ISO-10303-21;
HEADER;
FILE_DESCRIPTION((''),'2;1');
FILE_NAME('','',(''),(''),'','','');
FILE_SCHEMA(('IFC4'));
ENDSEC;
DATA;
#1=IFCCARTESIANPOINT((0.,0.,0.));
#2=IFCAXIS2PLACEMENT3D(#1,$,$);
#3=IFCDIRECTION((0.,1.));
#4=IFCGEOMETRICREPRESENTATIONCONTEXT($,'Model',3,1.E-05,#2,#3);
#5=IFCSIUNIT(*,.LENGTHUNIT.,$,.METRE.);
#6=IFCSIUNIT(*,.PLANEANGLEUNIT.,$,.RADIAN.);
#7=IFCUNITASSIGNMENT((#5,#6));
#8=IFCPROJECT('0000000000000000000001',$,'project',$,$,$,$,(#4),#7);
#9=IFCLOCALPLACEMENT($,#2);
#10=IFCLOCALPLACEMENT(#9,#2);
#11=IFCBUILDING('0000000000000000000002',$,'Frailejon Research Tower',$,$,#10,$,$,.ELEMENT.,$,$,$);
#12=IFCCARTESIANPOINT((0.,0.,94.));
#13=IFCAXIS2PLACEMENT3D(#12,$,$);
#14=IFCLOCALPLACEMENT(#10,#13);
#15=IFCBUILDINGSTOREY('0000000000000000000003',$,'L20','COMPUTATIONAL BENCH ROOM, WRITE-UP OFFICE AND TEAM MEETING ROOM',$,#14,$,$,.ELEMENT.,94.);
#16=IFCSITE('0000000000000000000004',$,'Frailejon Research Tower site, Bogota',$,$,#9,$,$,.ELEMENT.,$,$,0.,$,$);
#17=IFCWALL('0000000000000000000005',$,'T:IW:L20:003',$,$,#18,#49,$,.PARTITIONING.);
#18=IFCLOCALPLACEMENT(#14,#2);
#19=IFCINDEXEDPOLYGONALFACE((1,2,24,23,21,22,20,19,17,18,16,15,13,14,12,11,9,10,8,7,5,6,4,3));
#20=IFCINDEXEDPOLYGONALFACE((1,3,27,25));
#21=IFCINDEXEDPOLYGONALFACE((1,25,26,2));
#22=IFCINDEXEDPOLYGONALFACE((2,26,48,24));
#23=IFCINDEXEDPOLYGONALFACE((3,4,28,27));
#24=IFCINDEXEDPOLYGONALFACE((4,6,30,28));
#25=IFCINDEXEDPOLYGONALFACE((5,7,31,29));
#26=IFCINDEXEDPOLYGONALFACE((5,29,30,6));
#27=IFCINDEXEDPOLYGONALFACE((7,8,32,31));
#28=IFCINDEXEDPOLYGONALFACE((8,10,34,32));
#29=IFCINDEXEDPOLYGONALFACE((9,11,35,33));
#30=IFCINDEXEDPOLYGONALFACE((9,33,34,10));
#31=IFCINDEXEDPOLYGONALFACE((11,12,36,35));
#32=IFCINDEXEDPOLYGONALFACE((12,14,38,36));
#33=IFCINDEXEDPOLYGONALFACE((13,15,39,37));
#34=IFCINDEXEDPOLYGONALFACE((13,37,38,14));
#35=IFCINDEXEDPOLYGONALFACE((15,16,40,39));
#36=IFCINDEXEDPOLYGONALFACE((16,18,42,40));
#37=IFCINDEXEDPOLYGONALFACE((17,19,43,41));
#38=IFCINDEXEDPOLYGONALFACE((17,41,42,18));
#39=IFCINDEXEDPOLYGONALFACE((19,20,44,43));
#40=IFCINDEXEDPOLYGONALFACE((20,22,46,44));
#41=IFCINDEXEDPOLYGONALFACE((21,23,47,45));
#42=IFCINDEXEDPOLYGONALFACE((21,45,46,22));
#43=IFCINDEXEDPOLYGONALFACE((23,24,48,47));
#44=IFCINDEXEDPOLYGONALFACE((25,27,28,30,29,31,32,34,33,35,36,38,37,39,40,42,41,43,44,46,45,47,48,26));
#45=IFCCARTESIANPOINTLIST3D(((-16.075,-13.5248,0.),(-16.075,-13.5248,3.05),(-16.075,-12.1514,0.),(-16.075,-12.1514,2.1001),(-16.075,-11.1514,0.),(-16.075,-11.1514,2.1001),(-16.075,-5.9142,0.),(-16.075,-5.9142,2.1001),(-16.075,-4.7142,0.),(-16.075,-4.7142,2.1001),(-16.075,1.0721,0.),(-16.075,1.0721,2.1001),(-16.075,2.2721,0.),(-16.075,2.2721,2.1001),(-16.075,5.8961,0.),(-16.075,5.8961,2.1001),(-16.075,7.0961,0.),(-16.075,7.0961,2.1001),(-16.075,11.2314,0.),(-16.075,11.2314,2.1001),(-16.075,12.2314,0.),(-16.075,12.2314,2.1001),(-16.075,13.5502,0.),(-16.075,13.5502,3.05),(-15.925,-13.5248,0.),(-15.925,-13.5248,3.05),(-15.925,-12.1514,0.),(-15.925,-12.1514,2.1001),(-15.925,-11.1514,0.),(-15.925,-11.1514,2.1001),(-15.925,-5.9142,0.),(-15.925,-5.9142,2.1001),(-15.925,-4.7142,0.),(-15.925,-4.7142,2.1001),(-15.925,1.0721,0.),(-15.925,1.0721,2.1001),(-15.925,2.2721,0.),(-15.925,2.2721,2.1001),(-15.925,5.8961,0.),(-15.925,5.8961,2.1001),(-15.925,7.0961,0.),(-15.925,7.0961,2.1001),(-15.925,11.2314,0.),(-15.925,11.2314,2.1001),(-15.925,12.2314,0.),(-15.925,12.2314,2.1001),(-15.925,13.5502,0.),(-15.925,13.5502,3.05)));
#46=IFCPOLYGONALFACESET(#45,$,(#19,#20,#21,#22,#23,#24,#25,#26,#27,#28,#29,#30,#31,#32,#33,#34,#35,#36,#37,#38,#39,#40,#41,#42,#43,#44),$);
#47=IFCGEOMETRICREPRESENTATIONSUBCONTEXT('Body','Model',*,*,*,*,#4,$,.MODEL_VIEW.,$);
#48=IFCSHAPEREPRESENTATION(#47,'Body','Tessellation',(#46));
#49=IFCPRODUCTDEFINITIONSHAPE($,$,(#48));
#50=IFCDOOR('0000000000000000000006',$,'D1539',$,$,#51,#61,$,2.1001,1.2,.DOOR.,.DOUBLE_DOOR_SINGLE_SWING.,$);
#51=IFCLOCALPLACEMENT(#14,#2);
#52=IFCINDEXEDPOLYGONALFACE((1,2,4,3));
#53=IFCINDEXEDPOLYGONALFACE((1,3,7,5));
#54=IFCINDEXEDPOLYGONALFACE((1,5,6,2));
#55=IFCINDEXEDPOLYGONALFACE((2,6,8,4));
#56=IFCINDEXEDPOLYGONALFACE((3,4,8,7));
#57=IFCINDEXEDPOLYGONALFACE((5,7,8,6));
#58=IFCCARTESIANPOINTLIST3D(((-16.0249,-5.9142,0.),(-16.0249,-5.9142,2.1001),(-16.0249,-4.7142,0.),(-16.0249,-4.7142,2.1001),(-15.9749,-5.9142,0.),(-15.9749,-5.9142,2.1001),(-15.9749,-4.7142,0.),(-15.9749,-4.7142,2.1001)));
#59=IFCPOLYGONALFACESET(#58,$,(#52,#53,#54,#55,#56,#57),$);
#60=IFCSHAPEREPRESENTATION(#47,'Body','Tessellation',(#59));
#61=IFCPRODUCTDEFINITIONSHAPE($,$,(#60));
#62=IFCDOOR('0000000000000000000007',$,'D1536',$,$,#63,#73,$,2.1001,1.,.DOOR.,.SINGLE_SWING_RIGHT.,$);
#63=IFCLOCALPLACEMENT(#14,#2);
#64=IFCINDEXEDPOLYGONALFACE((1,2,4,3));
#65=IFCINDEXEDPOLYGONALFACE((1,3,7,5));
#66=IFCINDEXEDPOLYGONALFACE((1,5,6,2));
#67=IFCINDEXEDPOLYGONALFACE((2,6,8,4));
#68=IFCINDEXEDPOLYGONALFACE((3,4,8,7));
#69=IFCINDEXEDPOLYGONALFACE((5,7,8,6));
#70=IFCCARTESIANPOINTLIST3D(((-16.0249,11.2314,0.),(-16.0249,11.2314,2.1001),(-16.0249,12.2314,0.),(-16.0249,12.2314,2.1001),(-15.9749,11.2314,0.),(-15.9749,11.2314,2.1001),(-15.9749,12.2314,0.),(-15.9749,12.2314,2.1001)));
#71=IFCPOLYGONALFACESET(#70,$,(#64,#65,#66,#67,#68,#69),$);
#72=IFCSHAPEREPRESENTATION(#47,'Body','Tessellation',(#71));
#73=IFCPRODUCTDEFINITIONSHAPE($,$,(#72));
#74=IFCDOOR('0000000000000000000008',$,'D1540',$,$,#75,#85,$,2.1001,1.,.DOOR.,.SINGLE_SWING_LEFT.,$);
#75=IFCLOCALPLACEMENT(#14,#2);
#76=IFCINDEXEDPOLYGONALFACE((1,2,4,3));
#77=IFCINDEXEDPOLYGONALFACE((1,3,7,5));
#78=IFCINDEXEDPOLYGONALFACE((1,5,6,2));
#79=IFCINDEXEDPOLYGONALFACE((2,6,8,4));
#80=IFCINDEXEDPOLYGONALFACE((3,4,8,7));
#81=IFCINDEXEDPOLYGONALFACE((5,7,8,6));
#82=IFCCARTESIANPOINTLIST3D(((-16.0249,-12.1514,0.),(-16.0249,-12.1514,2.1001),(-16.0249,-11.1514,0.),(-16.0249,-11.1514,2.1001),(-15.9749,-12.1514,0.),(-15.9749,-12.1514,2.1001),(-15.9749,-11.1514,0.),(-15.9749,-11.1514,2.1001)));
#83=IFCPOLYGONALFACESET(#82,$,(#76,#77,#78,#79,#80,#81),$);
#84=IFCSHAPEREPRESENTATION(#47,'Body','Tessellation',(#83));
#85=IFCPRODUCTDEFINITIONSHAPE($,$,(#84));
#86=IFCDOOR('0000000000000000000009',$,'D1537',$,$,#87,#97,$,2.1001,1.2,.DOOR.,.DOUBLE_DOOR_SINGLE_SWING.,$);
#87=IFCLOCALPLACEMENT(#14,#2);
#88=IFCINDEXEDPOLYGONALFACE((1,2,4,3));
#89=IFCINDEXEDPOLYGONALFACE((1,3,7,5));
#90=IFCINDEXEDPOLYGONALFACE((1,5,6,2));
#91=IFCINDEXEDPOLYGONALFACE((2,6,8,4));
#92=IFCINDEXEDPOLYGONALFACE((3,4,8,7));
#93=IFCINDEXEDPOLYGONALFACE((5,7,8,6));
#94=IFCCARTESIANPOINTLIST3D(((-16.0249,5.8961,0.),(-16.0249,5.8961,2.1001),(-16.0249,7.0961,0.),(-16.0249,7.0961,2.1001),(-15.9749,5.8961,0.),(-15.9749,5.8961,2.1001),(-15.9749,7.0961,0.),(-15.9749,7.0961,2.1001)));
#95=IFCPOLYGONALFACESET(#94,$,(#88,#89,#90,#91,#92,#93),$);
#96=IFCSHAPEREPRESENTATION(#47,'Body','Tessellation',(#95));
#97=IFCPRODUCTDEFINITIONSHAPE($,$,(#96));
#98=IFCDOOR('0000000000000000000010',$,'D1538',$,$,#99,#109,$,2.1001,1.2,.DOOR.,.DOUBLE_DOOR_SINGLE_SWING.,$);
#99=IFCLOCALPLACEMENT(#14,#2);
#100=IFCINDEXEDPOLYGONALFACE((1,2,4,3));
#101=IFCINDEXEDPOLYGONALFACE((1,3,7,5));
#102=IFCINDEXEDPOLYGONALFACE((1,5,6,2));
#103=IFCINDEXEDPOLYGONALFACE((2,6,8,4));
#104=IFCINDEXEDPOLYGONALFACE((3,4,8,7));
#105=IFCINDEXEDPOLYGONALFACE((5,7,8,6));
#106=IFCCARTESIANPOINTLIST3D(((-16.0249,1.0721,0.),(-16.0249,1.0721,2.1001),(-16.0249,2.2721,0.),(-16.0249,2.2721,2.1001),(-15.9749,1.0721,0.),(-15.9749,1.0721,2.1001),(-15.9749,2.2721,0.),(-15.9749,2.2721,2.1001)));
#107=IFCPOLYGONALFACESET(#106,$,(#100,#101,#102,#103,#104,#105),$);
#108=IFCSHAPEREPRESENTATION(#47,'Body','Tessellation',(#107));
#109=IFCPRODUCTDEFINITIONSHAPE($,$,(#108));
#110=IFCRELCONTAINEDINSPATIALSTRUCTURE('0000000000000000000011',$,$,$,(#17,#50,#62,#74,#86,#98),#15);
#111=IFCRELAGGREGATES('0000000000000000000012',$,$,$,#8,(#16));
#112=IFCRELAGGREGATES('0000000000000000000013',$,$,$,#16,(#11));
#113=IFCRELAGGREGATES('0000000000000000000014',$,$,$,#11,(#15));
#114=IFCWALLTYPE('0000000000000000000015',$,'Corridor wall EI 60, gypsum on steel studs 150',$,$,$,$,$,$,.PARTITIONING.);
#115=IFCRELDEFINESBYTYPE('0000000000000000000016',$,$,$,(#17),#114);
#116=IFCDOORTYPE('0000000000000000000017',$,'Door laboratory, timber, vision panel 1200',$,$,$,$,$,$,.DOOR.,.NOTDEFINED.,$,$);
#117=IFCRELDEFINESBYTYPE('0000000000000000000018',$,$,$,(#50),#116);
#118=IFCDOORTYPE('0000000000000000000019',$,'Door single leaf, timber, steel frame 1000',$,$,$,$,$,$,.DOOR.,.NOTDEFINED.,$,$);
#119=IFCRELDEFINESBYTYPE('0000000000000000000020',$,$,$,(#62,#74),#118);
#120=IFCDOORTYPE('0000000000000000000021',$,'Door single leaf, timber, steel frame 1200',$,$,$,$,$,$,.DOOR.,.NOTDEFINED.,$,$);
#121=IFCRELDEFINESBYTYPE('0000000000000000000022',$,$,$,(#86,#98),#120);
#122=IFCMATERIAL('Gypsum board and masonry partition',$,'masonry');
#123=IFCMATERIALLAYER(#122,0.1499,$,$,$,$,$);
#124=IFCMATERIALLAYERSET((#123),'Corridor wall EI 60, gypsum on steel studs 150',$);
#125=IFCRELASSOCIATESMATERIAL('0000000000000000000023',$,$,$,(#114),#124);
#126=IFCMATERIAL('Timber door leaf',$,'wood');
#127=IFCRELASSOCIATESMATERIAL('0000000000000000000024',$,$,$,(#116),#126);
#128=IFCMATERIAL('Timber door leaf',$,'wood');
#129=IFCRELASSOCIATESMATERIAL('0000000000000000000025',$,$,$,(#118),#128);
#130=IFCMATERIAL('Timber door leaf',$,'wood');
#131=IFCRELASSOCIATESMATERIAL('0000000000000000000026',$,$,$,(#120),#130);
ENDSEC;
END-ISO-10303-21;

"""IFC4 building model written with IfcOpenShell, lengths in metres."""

from ifc_helpers import new_model, si_unit, direction, frame, frame_2d, origin, place, context, subcontext, project, spatial, rectangle, extrude, material, layer, layer_set, type_object, element, fill, save


model = new_model("IFC4")

# Units and contexts
model_context = context("Model", 3, precision=1e-05, world=origin(), true_north=direction((0.0, 1.0)))
body_context = subcontext(model_context, "Body", "Model", "MODEL_VIEW")
ifc_project = project(units=[si_unit("LENGTHUNIT", "METRE"), si_unit("PLANEANGLEUNIT", "RADIAN")], contexts=[model_context])

# Site, building, storey
site_placement = place(None, origin())
site = spatial("IfcSite", under=ifc_project, at=site_placement, Name="Frailejon Research Tower site, Bogota", CompositionType="ELEMENT", RefElevation=0.0)
building_placement = place(site_placement, origin())
building = spatial("IfcBuilding", under=site, at=building_placement, Name="Frailejon Research Tower", CompositionType="ELEMENT")
storey_placement = place(building_placement, frame((0.0, 0.0, 94.0)))
storey = spatial("IfcBuildingStorey", under=building, at=storey_placement, Name="L20", Description="COMPUTATIONAL BENCH ROOM, WRITE-UP OFFICE AND TEAM MEETING ROOM", CompositionType="ELEMENT", Elevation=94.0)

# Wall, openings, doors
ifc_material_1 = material(Name="Gypsum board and masonry partition", Category="masonry")
ifc_layer_1 = layer(ifc_material_1, 0.1499)
ifc_layer_set_1 = layer_set([ifc_layer_1], Name="Corridor wall EI 60, gypsum on steel studs 150")
wall_type_1 = type_object("IfcWallType", Name="Corridor wall EI 60, gypsum on steel studs 150", PredefinedType="PARTITIONING", material=ifc_layer_set_1)
wall_1_placement = place(storey_placement, frame((-16.0, -13.5249, 0.0), z_axis=(0.0, 0.0, 1.0), x_axis=(0.0, 1.0, 0.0)))
wall_1 = element("IfcWall", 1, at=wall_1_placement, inside=storey, type_object=wall_type_1, Name="T:IW:L20:003", PredefinedType="PARTITIONING", context=body_context, shape_type="SweptSolid", body=[
    extrude(rectangle(XDim=27.075, YDim=0.1499, at=frame_2d((13.5376, 0.0))), origin(), (0.0, 0.0, 1.0), 3.05),
])
opening_1_placement = place(wall_1_placement, frame((24.7563, 0.0, 0.0)))
opening_1 = element("IfcOpeningElement", 2, at=opening_1_placement, cuts=wall_1, PredefinedType="OPENING", context=body_context, shape_type="SweptSolid", body=[
    extrude(rectangle(XDim=1.0, YDim=2.1001, at=frame_2d((0.5, 1.05))), frame((0.0, 0.085, 0.0), z_axis=(0.0, -1.0, 0.0), x_axis=(1.0, 0.0, 0.0)), (0.0, 0.0, 1.0), 0.1699),
])
opening_2_placement = place(wall_1_placement, frame((19.4209, 0.0, 0.0)))
opening_2 = element("IfcOpeningElement", 3, at=opening_2_placement, cuts=wall_1, PredefinedType="OPENING", context=body_context, shape_type="SweptSolid", body=[
    extrude(rectangle(XDim=1.2, YDim=2.1001, at=frame_2d((0.6001, 1.05))), frame((0.0, 0.085, 0.0), z_axis=(0.0, -1.0, 0.0), x_axis=(1.0, 0.0, 0.0)), (0.0, 0.0, 1.0), 0.1699),
])
opening_3_placement = place(wall_1_placement, frame((14.5969, 0.0, 0.0)))
opening_3 = element("IfcOpeningElement", 4, at=opening_3_placement, cuts=wall_1, PredefinedType="OPENING", context=body_context, shape_type="SweptSolid", body=[
    extrude(rectangle(XDim=1.2, YDim=2.1001, at=frame_2d((0.6001, 1.05))), frame((0.0, 0.085, 0.0), z_axis=(0.0, -1.0, 0.0), x_axis=(1.0, 0.0, 0.0)), (0.0, 0.0, 1.0), 0.1699),
])
opening_4_placement = place(wall_1_placement, frame((7.6106, 0.0, 0.0)))
opening_4 = element("IfcOpeningElement", 5, at=opening_4_placement, cuts=wall_1, PredefinedType="OPENING", context=body_context, shape_type="SweptSolid", body=[
    extrude(rectangle(XDim=1.2, YDim=2.1001, at=frame_2d((0.6001, 1.05))), frame((0.0, 0.085, 0.0), z_axis=(0.0, -1.0, 0.0), x_axis=(1.0, 0.0, 0.0)), (0.0, 0.0, 1.0), 0.1699),
])
opening_5_placement = place(wall_1_placement, frame((1.3735, 0.0, 0.0)))
opening_5 = element("IfcOpeningElement", 6, at=opening_5_placement, cuts=wall_1, PredefinedType="OPENING", context=body_context, shape_type="SweptSolid", body=[
    extrude(rectangle(XDim=1.0, YDim=2.1001, at=frame_2d((0.5, 1.05))), frame((0.0, 0.085, 0.0), z_axis=(0.0, -1.0, 0.0), x_axis=(1.0, 0.0, 0.0)), (0.0, 0.0, 1.0), 0.1699),
])
ifc_material_2 = material(Name="Timber door leaf", Category="wood")
door_type_1 = type_object("IfcDoorType", Name="Door laboratory, timber, vision panel 1200", OperationType="NOTDEFINED", PredefinedType="DOOR", material=ifc_material_2)
door_1_placement = place(opening_4_placement, origin())
door_1 = element("IfcDoor", 7, at=door_1_placement, inside=storey, type_object=door_type_1, Name="D1539", OperationType="DOUBLE_DOOR_SINGLE_SWING", OverallHeight=2.1001, OverallWidth=1.2, PredefinedType="DOOR", context=body_context, shape_type="SweptSolid", body=[
    extrude(rectangle(XDim=1.2, YDim=2.1001, at=frame_2d((0.6001, 1.05))), frame((0.0, 0.0249, 0.0), z_axis=(0.0, -1.0, 0.0), x_axis=(1.0, 0.0, 0.0)), (0.0, 0.0, 1.0), 0.05),
])
fill(opening_4, door_1)
ifc_material_3 = material(Name="Timber door leaf", Category="wood")
door_type_2 = type_object("IfcDoorType", Name="Door single leaf, timber, steel frame 1000", OperationType="NOTDEFINED", PredefinedType="DOOR", material=ifc_material_3)
door_2_placement = place(opening_1_placement, origin())
door_2 = element("IfcDoor", 8, at=door_2_placement, inside=storey, type_object=door_type_2, Name="D1536", OperationType="SINGLE_SWING_RIGHT", OverallHeight=2.1001, OverallWidth=1.0, PredefinedType="DOOR", context=body_context, shape_type="SweptSolid", body=[
    extrude(rectangle(XDim=1.0, YDim=2.1001, at=frame_2d((0.5, 1.05))), frame((0.0, 0.0249, 0.0), z_axis=(0.0, -1.0, 0.0), x_axis=(1.0, 0.0, 0.0)), (0.0, 0.0, 1.0), 0.05),
])
fill(opening_1, door_2)
door_3_placement = place(opening_5_placement, origin())
door_3 = element("IfcDoor", 9, at=door_3_placement, inside=storey, type_object=door_type_2, Name="D1540", OperationType="SINGLE_SWING_LEFT", OverallHeight=2.1001, OverallWidth=1.0, PredefinedType="DOOR", context=body_context, shape_type="SweptSolid", body=[
    extrude(rectangle(XDim=1.0, YDim=2.1001, at=frame_2d((0.5, 1.05))), frame((0.0, 0.0249, 0.0), z_axis=(0.0, -1.0, 0.0), x_axis=(1.0, 0.0, 0.0)), (0.0, 0.0, 1.0), 0.05),
])
fill(opening_5, door_3)
ifc_material_4 = material(Name="Timber door leaf", Category="wood")
door_type_3 = type_object("IfcDoorType", Name="Door single leaf, timber, steel frame 1200", OperationType="NOTDEFINED", PredefinedType="DOOR", material=ifc_material_4)
door_4_placement = place(opening_2_placement, origin())
door_4 = element("IfcDoor", 10, at=door_4_placement, inside=storey, type_object=door_type_3, Name="D1537", OperationType="DOUBLE_DOOR_SINGLE_SWING", OverallHeight=2.1001, OverallWidth=1.2, PredefinedType="DOOR", context=body_context, shape_type="SweptSolid", body=[
    extrude(rectangle(XDim=1.2, YDim=2.1001, at=frame_2d((0.6001, 1.05))), frame((0.0, 0.0249, 0.0), z_axis=(0.0, -1.0, 0.0), x_axis=(1.0, 0.0, 0.0)), (0.0, 0.0, 1.0), 0.05),
])
fill(opening_2, door_4)
door_5_placement = place(opening_3_placement, origin())
door_5 = element("IfcDoor", 11, at=door_5_placement, inside=storey, type_object=door_type_3, Name="D1538", OperationType="DOUBLE_DOOR_SINGLE_SWING", OverallHeight=2.1001, OverallWidth=1.2, PredefinedType="DOOR", context=body_context, shape_type="SweptSolid", body=[
    extrude(rectangle(XDim=1.2, YDim=2.1001, at=frame_2d((0.6001, 1.05))), frame((0.0, 0.0249, 0.0), z_axis=(0.0, -1.0, 0.0), x_axis=(1.0, 0.0, 0.0)), (0.0, 0.0, 1.0), 0.05),
])
fill(opening_3, door_5)

save(model, "model.ifc")
